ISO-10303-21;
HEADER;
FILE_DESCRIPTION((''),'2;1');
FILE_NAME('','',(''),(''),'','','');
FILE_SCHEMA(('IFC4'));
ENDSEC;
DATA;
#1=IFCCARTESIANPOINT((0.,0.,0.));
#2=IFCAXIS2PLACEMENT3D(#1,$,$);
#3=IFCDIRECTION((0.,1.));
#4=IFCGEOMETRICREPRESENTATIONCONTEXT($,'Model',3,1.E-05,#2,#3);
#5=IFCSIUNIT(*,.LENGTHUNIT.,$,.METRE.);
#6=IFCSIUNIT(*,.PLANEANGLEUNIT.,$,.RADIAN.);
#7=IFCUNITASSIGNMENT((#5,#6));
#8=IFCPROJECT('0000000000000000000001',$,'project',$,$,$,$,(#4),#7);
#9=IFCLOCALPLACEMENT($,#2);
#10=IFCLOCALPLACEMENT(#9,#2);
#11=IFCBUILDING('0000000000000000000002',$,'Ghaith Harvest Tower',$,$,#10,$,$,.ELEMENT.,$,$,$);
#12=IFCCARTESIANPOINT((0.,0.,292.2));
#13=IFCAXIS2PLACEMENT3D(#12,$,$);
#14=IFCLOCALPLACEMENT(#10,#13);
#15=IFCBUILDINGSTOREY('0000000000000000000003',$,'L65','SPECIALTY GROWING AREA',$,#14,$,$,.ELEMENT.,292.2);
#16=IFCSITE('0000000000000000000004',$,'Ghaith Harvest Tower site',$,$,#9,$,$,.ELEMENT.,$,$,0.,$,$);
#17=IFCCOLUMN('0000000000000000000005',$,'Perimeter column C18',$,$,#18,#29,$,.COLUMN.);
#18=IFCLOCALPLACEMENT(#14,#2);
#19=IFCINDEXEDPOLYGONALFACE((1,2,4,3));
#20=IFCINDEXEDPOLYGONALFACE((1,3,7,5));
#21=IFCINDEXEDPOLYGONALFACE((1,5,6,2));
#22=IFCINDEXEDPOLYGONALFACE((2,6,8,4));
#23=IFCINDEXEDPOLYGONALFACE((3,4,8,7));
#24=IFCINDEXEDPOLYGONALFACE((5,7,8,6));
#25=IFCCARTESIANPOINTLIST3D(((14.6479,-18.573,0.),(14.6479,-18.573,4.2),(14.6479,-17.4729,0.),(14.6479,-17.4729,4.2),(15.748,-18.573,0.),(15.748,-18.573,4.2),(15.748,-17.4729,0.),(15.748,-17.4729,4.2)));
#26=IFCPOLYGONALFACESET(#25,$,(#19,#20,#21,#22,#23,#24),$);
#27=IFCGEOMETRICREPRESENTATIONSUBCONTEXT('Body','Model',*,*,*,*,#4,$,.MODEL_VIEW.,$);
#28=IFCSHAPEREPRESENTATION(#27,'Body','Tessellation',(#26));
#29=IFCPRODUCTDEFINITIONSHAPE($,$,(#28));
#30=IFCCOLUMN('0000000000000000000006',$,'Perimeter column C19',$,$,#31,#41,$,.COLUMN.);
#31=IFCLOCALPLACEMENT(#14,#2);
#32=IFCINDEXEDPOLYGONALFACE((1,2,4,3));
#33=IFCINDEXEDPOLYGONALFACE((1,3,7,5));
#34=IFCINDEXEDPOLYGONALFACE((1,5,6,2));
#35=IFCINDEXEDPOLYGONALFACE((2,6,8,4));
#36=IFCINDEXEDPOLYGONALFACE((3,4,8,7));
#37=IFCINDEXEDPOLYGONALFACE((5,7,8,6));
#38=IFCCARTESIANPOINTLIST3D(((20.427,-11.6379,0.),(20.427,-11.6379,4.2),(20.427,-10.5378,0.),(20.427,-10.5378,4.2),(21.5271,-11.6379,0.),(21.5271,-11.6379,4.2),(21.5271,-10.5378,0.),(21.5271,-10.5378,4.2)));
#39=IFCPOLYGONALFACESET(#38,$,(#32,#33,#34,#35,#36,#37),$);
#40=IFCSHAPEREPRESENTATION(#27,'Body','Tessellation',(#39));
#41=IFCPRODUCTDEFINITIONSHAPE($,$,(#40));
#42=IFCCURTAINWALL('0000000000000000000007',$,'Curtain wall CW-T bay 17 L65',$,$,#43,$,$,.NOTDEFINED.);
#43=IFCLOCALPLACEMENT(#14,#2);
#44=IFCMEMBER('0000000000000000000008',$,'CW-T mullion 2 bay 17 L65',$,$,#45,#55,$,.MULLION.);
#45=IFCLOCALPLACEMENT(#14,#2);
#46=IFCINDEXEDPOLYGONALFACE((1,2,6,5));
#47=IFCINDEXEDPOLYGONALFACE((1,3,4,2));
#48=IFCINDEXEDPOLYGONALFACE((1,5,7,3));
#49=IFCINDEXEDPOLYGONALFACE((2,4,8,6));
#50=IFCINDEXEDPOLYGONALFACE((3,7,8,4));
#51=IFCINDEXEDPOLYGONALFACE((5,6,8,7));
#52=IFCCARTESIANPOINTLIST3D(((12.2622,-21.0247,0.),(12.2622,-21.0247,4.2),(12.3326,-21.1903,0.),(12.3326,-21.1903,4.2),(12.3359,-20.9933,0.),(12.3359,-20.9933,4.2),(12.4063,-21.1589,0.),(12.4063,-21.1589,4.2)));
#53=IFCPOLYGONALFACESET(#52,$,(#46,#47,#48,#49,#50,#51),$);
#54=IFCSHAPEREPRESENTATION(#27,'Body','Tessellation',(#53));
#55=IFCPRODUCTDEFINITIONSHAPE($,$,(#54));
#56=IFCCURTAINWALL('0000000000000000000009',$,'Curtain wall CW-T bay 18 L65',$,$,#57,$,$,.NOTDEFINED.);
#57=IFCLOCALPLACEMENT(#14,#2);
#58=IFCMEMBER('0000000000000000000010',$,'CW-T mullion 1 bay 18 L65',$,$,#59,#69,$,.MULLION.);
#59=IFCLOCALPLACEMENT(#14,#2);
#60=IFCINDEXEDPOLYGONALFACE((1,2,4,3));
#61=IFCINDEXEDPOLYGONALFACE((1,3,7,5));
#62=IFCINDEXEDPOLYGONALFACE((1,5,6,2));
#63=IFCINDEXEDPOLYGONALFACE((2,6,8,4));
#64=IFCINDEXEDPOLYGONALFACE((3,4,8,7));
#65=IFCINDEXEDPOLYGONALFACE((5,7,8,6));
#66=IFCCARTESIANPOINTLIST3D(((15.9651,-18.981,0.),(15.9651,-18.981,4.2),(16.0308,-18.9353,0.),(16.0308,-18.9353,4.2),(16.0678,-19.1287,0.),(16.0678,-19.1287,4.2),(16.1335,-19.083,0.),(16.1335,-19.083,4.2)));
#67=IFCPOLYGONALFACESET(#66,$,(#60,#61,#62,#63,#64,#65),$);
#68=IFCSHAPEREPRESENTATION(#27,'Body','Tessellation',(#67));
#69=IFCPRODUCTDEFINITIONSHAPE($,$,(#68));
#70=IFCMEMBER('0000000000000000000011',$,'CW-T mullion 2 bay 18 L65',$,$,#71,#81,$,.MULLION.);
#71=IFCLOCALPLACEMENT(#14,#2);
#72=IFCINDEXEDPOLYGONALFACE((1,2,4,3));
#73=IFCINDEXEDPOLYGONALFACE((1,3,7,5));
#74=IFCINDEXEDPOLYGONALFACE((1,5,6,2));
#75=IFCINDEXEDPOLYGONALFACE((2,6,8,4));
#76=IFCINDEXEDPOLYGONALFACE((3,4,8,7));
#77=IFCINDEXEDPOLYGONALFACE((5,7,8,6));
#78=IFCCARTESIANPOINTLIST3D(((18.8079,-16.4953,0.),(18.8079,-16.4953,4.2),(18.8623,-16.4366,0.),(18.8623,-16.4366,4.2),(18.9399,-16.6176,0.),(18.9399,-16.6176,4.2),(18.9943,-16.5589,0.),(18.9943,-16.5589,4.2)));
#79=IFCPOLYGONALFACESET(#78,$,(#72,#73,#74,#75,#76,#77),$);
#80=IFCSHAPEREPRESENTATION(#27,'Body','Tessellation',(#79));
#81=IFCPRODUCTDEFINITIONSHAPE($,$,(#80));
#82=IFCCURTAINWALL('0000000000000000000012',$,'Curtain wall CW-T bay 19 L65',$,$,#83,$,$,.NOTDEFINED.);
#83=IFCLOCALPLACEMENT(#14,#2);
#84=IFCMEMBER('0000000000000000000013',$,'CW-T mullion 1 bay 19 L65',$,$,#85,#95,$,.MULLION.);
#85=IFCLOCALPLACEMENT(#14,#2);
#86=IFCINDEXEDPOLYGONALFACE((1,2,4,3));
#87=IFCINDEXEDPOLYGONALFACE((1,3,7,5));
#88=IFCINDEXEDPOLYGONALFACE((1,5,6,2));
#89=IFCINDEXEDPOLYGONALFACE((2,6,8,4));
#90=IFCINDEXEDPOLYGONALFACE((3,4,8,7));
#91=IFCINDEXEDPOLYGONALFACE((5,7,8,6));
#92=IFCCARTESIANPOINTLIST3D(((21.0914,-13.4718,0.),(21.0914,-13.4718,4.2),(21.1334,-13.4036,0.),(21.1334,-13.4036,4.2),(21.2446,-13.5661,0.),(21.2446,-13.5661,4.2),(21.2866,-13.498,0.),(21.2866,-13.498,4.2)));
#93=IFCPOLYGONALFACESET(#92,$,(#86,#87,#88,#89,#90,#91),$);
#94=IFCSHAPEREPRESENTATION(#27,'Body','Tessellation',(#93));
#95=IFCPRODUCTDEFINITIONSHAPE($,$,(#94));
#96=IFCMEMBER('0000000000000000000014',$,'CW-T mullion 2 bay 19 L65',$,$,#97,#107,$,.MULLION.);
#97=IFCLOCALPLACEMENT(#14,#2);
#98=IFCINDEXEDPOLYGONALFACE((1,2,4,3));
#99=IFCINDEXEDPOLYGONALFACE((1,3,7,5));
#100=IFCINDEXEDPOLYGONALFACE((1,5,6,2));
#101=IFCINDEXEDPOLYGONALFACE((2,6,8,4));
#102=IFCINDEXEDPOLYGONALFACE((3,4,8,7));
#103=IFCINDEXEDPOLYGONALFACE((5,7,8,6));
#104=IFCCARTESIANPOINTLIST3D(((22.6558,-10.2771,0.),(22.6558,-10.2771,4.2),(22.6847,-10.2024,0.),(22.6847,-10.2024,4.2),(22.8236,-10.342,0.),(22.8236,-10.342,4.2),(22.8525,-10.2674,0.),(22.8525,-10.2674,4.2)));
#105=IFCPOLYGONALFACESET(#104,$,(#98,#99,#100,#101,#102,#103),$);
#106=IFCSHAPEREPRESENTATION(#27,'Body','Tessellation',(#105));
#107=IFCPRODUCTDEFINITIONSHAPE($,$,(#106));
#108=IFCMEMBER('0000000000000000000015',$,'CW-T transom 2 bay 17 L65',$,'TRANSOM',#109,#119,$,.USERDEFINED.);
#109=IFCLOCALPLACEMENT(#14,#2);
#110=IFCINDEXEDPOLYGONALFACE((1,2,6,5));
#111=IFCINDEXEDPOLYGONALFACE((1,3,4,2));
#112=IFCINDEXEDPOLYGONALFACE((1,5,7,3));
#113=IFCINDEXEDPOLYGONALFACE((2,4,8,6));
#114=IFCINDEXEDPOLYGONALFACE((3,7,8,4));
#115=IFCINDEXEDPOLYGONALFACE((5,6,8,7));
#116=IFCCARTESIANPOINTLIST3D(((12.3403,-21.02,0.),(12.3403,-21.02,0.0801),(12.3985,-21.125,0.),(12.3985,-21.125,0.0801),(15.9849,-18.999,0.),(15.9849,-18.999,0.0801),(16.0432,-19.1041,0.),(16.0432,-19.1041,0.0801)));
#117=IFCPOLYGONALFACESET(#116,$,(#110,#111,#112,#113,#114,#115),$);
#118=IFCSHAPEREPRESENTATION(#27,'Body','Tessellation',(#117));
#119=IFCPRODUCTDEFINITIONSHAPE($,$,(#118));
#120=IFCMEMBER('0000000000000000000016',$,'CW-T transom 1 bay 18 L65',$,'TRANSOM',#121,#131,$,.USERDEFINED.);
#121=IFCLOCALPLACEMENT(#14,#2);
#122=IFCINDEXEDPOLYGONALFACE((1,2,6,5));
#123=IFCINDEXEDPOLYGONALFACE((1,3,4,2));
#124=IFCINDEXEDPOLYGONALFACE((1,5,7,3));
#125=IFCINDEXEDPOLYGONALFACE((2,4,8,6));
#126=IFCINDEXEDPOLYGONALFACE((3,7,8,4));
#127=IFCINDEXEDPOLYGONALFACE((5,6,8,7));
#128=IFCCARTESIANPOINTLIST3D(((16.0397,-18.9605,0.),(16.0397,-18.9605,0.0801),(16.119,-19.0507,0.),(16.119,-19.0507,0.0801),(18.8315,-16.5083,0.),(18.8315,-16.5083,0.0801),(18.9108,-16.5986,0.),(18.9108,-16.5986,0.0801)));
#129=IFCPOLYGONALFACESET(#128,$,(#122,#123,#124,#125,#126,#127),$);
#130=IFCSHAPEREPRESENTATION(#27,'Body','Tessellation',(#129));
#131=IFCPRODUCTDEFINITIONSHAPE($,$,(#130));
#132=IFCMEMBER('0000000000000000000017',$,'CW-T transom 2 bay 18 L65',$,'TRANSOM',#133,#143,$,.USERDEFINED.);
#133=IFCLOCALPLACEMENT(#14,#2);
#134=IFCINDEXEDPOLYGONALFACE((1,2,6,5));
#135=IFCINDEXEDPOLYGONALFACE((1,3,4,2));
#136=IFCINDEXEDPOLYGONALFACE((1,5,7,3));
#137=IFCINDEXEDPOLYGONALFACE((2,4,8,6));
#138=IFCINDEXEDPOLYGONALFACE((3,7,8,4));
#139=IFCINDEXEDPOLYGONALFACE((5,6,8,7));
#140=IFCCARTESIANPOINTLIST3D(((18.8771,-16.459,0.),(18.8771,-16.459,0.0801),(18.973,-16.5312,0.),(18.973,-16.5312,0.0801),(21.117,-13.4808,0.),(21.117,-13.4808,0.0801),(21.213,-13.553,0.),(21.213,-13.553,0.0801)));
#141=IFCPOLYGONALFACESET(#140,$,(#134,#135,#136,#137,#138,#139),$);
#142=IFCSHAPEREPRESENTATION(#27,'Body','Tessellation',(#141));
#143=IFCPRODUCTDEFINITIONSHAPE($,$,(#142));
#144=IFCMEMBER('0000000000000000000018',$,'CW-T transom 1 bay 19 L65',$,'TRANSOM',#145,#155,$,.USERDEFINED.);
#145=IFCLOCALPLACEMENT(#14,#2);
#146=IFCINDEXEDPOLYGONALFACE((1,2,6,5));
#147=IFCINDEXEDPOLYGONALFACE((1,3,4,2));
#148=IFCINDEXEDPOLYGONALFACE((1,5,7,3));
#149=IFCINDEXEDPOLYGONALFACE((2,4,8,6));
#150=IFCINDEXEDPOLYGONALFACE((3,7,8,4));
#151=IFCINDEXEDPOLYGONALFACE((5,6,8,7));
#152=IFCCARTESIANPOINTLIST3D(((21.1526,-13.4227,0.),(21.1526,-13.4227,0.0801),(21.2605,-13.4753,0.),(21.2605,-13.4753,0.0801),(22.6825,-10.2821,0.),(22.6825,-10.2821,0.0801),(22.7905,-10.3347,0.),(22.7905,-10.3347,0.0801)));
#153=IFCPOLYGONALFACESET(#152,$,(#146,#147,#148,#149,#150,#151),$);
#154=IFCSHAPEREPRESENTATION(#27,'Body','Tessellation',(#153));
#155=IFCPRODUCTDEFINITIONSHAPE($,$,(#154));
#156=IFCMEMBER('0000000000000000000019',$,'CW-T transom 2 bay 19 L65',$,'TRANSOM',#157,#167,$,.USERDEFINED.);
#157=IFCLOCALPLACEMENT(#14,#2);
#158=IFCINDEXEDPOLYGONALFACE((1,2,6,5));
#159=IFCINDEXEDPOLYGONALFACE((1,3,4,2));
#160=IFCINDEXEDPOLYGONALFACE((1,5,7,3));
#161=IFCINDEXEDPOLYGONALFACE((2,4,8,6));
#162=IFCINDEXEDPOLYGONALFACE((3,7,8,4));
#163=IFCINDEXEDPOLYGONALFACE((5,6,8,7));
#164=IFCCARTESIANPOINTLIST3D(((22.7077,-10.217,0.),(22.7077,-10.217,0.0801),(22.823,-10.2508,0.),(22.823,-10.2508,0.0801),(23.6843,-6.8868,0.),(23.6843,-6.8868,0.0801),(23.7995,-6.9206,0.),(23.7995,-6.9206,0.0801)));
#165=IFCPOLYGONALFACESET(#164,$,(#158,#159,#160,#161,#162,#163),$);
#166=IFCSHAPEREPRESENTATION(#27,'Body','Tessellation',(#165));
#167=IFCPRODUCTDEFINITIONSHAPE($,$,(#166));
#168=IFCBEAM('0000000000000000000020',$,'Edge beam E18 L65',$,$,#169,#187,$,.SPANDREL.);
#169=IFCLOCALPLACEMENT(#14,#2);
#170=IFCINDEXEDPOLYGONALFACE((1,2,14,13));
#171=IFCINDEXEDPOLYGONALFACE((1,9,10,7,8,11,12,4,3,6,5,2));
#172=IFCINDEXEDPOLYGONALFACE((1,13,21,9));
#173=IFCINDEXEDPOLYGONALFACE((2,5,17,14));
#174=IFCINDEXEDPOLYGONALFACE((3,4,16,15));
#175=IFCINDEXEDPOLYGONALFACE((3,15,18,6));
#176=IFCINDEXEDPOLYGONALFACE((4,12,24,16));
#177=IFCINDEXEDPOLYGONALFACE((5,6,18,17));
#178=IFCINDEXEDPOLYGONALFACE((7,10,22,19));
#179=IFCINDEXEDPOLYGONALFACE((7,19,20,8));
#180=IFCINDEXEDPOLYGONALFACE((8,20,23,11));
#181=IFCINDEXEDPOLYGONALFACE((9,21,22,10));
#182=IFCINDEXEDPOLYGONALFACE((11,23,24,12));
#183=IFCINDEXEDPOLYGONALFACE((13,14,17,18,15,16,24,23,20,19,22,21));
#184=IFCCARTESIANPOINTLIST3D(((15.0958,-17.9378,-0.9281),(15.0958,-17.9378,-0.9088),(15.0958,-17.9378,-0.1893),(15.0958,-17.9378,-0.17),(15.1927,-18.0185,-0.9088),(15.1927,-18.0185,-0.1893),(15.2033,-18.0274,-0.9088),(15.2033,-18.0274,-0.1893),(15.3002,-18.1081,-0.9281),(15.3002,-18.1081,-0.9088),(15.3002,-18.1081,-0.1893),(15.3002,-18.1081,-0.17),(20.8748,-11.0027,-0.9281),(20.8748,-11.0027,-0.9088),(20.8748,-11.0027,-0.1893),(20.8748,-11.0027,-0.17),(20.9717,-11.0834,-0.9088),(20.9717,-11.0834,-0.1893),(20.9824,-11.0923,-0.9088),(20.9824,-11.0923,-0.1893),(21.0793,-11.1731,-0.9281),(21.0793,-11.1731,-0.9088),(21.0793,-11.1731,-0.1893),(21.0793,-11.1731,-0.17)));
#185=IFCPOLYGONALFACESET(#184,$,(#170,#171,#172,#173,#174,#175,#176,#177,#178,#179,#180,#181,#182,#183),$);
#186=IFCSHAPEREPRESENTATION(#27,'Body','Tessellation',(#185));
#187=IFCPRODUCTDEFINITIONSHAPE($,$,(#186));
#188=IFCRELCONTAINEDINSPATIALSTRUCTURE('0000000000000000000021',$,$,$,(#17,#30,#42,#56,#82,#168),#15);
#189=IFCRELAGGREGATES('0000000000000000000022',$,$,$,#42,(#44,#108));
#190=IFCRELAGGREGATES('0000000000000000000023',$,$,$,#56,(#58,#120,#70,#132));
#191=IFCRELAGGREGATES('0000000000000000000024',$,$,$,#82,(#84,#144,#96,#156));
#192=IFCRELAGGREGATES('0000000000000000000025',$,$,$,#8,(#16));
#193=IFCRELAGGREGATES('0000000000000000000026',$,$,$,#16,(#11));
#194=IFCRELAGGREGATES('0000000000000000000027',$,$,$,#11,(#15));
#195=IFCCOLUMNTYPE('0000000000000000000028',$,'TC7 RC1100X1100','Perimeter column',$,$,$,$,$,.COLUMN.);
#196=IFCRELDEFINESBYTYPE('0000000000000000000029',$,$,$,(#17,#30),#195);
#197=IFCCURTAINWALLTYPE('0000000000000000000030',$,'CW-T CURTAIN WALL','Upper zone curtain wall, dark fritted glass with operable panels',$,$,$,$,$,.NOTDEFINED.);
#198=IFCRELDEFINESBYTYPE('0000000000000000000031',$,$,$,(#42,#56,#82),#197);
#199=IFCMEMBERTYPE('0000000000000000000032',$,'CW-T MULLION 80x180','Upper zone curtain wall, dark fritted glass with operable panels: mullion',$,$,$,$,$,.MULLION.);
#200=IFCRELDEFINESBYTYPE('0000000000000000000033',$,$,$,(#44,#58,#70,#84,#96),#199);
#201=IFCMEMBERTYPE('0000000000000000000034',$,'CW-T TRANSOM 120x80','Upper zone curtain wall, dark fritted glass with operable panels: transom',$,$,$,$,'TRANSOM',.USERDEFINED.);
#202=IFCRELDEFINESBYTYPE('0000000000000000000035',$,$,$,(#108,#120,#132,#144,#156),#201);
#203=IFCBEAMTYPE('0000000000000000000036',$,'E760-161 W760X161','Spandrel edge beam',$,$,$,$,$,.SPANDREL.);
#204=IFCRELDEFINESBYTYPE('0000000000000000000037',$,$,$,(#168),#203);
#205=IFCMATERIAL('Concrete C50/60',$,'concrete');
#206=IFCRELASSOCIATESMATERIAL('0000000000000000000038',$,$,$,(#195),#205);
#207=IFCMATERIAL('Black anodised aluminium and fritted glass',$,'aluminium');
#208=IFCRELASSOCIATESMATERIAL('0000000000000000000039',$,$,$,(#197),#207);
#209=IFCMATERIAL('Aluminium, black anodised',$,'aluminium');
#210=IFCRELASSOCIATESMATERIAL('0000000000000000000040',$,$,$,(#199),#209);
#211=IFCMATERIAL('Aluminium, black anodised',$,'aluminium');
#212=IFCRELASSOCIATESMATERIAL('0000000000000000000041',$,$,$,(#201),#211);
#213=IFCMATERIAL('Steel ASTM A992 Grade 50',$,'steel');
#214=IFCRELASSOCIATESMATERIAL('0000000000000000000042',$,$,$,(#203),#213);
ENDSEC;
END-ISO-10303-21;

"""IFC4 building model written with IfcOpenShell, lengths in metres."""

from ifc_helpers import new_model, si_unit, direction, frame, origin, origin_2d, place, context, subcontext, project, spatial, rectangle, i_section, extrude, material, material_profile, profile_set, type_object, element, aggregate, save


model = new_model("IFC4")

# Units and contexts
model_context = context("Model", 3, precision=1e-05, world=origin(), true_north=direction((0.0, 1.0)))
body_context = subcontext(model_context, "Body", "Model", "MODEL_VIEW")
ifc_project = project(units=[si_unit("LENGTHUNIT", "METRE"), si_unit("PLANEANGLEUNIT", "RADIAN")], contexts=[model_context])

# Site, building, storey
site_placement = place(None, origin())
site = spatial("IfcSite", under=ifc_project, at=site_placement, Name="Ghaith Harvest Tower site", CompositionType="ELEMENT", RefElevation=0.0)
building_placement = place(site_placement, origin())
building = spatial("IfcBuilding", under=site, at=building_placement, Name="Ghaith Harvest Tower", CompositionType="ELEMENT")
storey_placement = place(building_placement, frame((0.0, 0.0, 292.2)))
storey = spatial("IfcBuildingStorey", under=building, at=storey_placement, Name="L65", Description="SPECIALTY GROWING AREA", CompositionType="ELEMENT", Elevation=292.2)

# Columns
ifc_material_1 = material(Name="Concrete C50/60", Category="concrete")
ifc_material_profile_1 = material_profile(ifc_material_1, rectangle(XDim=1.1001, YDim=1.1001, at=origin_2d()), Name="RC1100X1100")
ifc_profile_set_1 = profile_set([ifc_material_profile_1], Name="Concrete C50/60")
column_type = type_object("IfcColumnType", Name="TC7 RC1100X1100", Description="Perimeter column", PredefinedType="COLUMN", material=ifc_profile_set_1)
for number, where, z_axis, x_axis, name in (
    (1, (15.198, -18.0229, 0.0), (0.0, 0.0, 1.0), (1.0, 0.0, 0.0), "Perimeter column C18"),
    (2, (20.9771, -11.0879, 0.0), (0.0, 0.0, 1.0), (1.0, 0.0, 0.0), "Perimeter column C19"),
):
    element("IfcColumn", number, at=place(storey_placement, frame(where, z_axis=z_axis, x_axis=x_axis)), inside=storey, type_object=column_type, Name=name, PredefinedType="COLUMN", context=body_context, shape_type="SweptSolid", body=[
        extrude(rectangle(XDim=1.1001, YDim=1.1001, at=origin_2d()), origin(), (0.0, 0.0, 1.0), 4.2),
    ])

# Curtain wall, member
ifc_material_2 = material(Name="Black anodised aluminium and fritted glass", Category="aluminium")
curtain_wall_type = type_object("IfcCurtainWallType", Name="CW-T CURTAIN WALL", Description="Upper zone curtain wall, dark fritted glass with operable panels", PredefinedType="NOTDEFINED", material=ifc_material_2)
curtain_wall_1_placement = place(storey_placement, origin())
curtain_wall_1 = element("IfcCurtainWall", 3, at=curtain_wall_1_placement, inside=storey, type_object=curtain_wall_type, Name="Curtain wall CW-T bay 17 L65", PredefinedType="NOTDEFINED")
ifc_material_3 = material(Name="Aluminium, black anodised", Category="aluminium")
ifc_material_profile_2 = material_profile(ifc_material_3, rectangle(XDim=0.0801, YDim=0.1799, at=origin_2d()), Name="CW-T MULLION 80x180")
ifc_profile_set_2 = profile_set([ifc_material_profile_2], Name="Aluminium, black anodised")
member_type_1 = type_object("IfcMemberType", Name="CW-T MULLION 80x180", Description="Upper zone curtain wall, dark fritted glass with operable panels: mullion", PredefinedType="MULLION", material=ifc_profile_set_2)
member_1_placement = place(storey_placement, frame((12.3342, -21.0918, 0.0), z_axis=(0.0, 0.0, 1.0), x_axis=(0.920319, 0.391168, 0.0)))
member_1 = element("IfcMember", 4, at=member_1_placement, type_object=member_type_1, Name="CW-T mullion 2 bay 17 L65", PredefinedType="MULLION", context=body_context, shape_type="SweptSolid", body=[
    extrude(rectangle(XDim=0.0801, YDim=0.1799, at=origin_2d()), origin(), (0.0, 0.0, 1.0), 4.2),
])

# Curtain walls, members
curtain_wall_2_placement = place(storey_placement, origin())
curtain_wall_2 = element("IfcCurtainWall", 5, at=curtain_wall_2_placement, inside=storey, type_object=curtain_wall_type, Name="Curtain wall CW-T bay 18 L65", PredefinedType="NOTDEFINED")
member_2_placement = place(storey_placement, frame((16.0493, -19.032, 0.0), z_axis=(0.0, 0.0, 1.0), x_axis=(0.821112, 0.570767, 0.0)))
member_2 = element("IfcMember", 6, at=member_2_placement, type_object=member_type_1, Name="CW-T mullion 1 bay 18 L65", PredefinedType="MULLION", context=body_context, shape_type="SweptSolid", body=[
    extrude(rectangle(XDim=0.0801, YDim=0.1799, at=origin_2d()), origin(), (0.0, 0.0, 1.0), 4.2),
])
member_3_placement = place(storey_placement, frame((18.9011, -16.5271, 0.0), z_axis=(0.0, 0.0, 1.0), x_axis=(0.679661, 0.733526, 0.0)))
member_3 = element("IfcMember", 7, at=member_3_placement, type_object=member_type_1, Name="CW-T mullion 2 bay 18 L65", PredefinedType="MULLION", context=body_context, shape_type="SweptSolid", body=[
    extrude(rectangle(XDim=0.0801, YDim=0.1799, at=origin_2d()), origin(), (0.0, 0.0, 1.0), 4.2),
])
curtain_wall_3_placement = place(storey_placement, origin())
curtain_wall_3 = element("IfcCurtainWall", 8, at=curtain_wall_3_placement, inside=storey, type_object=curtain_wall_type, Name="Curtain wall CW-T bay 19 L65", PredefinedType="NOTDEFINED")
member_4_placement = place(storey_placement, frame((21.189, -13.4849, 0.0), z_axis=(0.0, 0.0, 1.0), x_axis=(0.524482, 0.851421, 0.0)))
member_4 = element("IfcMember", 9, at=member_4_placement, type_object=member_type_1, Name="CW-T mullion 1 bay 19 L65", PredefinedType="MULLION", context=body_context, shape_type="SweptSolid", body=[
    extrude(rectangle(XDim=0.0801, YDim=0.1799, at=origin_2d()), origin(), (0.0, 0.0, 1.0), 4.2),
])
member_5_placement = place(storey_placement, frame((22.7542, -10.2722, 0.0), z_axis=(0.0, 0.0, 1.0), x_axis=(0.361184, 0.932494, 0.0)))
member_5 = element("IfcMember", 10, at=member_5_placement, type_object=member_type_1, Name="CW-T mullion 2 bay 19 L65", PredefinedType="MULLION", context=body_context, shape_type="SweptSolid", body=[
    extrude(rectangle(XDim=0.0801, YDim=0.1799, at=origin_2d()), origin(), (0.0, 0.0, 1.0), 4.2),
])

# Members
ifc_material_4 = material(Name="Aluminium, black anodised", Category="aluminium")
ifc_material_profile_3 = material_profile(ifc_material_4, rectangle(XDim=0.1201, YDim=0.0801, at=origin_2d()), Name="CW-T TRANSOM 120x80")
ifc_profile_set_3 = profile_set([ifc_material_profile_3], Name="Aluminium, black anodised")
member_type_2 = type_object("IfcMemberType", Name="CW-T TRANSOM 120x80", Description="Upper zone curtain wall, dark fritted glass with operable panels: transom", ElementType="TRANSOM", PredefinedType="USERDEFINED", material=ifc_profile_set_3)
member_6_placement = place(storey_placement, frame((12.3694, -21.0725, 0.04), z_axis=(0.874552, 0.484932, 0.0), x_axis=(-0.484932, 0.874552, 0.0)))
member_6 = element("IfcMember", 11, at=member_6_placement, type_object=member_type_2, Name="CW-T transom 2 bay 17 L65", ObjectType="TRANSOM", PredefinedType="USERDEFINED", context=body_context, shape_type="SweptSolid", body=[
    extrude(rectangle(XDim=0.1201, YDim=0.0801, at=origin_2d()), origin(), (0.0, 0.0, 1.0), 4.1675),
])
member_7_placement = place(storey_placement, frame((16.0793, -19.0056, 0.04), z_axis=(0.751326, 0.659931, 0.0), x_axis=(-0.659931, 0.751326, 0.0)))
member_7 = element("IfcMember", 12, at=member_7_placement, type_object=member_type_2, Name="CW-T transom 1 bay 18 L65", ObjectType="TRANSOM", PredefinedType="USERDEFINED", context=body_context, shape_type="SweptSolid", body=[
    extrude(rectangle(XDim=0.1201, YDim=0.0801, at=origin_2d()), origin(), (0.0, 0.0, 1.0), 3.7158),
])
member_8_placement = place(storey_placement, frame((18.925, -16.4951, 0.04), z_axis=(0.601079, 0.79919, 0.0), x_axis=(-0.79919, 0.601079, 0.0)))
member_8 = element("IfcMember", 13, at=member_8_placement, type_object=member_type_2, Name="CW-T transom 2 bay 18 L65", ObjectType="TRANSOM", PredefinedType="USERDEFINED", context=body_context, shape_type="SweptSolid", body=[
    extrude(rectangle(XDim=0.1201, YDim=0.0801, at=origin_2d()), origin(), (0.0, 0.0, 1.0), 3.7266),
])
member_9_placement = place(storey_placement, frame((21.2065, -13.449, 0.04), z_axis=(0.437965, 0.898992, 0.0), x_axis=(-0.898992, 0.437965, 0.0)))
member_9 = element("IfcMember", 14, at=member_9_placement, type_object=member_type_2, Name="CW-T transom 1 bay 19 L65", ObjectType="TRANSOM", PredefinedType="USERDEFINED", context=body_context, shape_type="SweptSolid", body=[
    extrude(rectangle(XDim=0.1201, YDim=0.0801, at=origin_2d()), origin(), (0.0, 0.0, 1.0), 3.4934),
])
member_10_placement = place(storey_placement, frame((22.7654, -10.2339, 0.04), z_axis=(0.281385, 0.959595, 0.0), x_axis=(-0.959595, 0.281385, 0.0)))
member_10 = element("IfcMember", 15, at=member_10_placement, type_object=member_type_2, Name="CW-T transom 2 bay 19 L65", ObjectType="TRANSOM", PredefinedType="USERDEFINED", context=body_context, shape_type="SweptSolid", body=[
    extrude(rectangle(XDim=0.1201, YDim=0.0801, at=origin_2d()), origin(), (0.0, 0.0, 1.0), 3.4705),
])

# Beam
ifc_material_5 = material(Name="Steel ASTM A992 Grade 50", Category="steel")
ifc_material_profile_4 = material_profile(ifc_material_5, i_section(OverallWidth=0.2661, OverallDepth=0.7581, WebThickness=0.0139, FlangeThickness=0.0193, at=origin_2d()), Name="W760X161")
ifc_profile_set_4 = profile_set([ifc_material_profile_4], Name="Steel ASTM A992 Grade 50")
beam_type_1 = type_object("IfcBeamType", Name="E760-161 W760X161", Description="Spandrel edge beam", PredefinedType="SPANDREL", material=ifc_profile_set_4)
beam_1_placement = place(storey_placement, frame((15.198, -18.0229, -0.5491), z_axis=(0.640174, 0.76823, 0.0), x_axis=(-0.76823, 0.640174, 0.0)))
element("IfcBeam", 16, at=beam_1_placement, inside=storey, type_object=beam_type_1, Name="Edge beam E18 L65", PredefinedType="SPANDREL", context=body_context, shape_type="SweptSolid", body=[
    extrude(i_section(OverallWidth=0.2661, OverallDepth=0.7581, WebThickness=0.0139, FlangeThickness=0.0193, at=origin_2d()), origin(), (0.0, 0.0, 1.0), 9.0273),
])

aggregate(curtain_wall_1, [member_1, member_6])
aggregate(curtain_wall_2, [member_2, member_7, member_3, member_8])
aggregate(curtain_wall_3, [member_4, member_9, member_5, member_10])

save(model, "model.ifc")
